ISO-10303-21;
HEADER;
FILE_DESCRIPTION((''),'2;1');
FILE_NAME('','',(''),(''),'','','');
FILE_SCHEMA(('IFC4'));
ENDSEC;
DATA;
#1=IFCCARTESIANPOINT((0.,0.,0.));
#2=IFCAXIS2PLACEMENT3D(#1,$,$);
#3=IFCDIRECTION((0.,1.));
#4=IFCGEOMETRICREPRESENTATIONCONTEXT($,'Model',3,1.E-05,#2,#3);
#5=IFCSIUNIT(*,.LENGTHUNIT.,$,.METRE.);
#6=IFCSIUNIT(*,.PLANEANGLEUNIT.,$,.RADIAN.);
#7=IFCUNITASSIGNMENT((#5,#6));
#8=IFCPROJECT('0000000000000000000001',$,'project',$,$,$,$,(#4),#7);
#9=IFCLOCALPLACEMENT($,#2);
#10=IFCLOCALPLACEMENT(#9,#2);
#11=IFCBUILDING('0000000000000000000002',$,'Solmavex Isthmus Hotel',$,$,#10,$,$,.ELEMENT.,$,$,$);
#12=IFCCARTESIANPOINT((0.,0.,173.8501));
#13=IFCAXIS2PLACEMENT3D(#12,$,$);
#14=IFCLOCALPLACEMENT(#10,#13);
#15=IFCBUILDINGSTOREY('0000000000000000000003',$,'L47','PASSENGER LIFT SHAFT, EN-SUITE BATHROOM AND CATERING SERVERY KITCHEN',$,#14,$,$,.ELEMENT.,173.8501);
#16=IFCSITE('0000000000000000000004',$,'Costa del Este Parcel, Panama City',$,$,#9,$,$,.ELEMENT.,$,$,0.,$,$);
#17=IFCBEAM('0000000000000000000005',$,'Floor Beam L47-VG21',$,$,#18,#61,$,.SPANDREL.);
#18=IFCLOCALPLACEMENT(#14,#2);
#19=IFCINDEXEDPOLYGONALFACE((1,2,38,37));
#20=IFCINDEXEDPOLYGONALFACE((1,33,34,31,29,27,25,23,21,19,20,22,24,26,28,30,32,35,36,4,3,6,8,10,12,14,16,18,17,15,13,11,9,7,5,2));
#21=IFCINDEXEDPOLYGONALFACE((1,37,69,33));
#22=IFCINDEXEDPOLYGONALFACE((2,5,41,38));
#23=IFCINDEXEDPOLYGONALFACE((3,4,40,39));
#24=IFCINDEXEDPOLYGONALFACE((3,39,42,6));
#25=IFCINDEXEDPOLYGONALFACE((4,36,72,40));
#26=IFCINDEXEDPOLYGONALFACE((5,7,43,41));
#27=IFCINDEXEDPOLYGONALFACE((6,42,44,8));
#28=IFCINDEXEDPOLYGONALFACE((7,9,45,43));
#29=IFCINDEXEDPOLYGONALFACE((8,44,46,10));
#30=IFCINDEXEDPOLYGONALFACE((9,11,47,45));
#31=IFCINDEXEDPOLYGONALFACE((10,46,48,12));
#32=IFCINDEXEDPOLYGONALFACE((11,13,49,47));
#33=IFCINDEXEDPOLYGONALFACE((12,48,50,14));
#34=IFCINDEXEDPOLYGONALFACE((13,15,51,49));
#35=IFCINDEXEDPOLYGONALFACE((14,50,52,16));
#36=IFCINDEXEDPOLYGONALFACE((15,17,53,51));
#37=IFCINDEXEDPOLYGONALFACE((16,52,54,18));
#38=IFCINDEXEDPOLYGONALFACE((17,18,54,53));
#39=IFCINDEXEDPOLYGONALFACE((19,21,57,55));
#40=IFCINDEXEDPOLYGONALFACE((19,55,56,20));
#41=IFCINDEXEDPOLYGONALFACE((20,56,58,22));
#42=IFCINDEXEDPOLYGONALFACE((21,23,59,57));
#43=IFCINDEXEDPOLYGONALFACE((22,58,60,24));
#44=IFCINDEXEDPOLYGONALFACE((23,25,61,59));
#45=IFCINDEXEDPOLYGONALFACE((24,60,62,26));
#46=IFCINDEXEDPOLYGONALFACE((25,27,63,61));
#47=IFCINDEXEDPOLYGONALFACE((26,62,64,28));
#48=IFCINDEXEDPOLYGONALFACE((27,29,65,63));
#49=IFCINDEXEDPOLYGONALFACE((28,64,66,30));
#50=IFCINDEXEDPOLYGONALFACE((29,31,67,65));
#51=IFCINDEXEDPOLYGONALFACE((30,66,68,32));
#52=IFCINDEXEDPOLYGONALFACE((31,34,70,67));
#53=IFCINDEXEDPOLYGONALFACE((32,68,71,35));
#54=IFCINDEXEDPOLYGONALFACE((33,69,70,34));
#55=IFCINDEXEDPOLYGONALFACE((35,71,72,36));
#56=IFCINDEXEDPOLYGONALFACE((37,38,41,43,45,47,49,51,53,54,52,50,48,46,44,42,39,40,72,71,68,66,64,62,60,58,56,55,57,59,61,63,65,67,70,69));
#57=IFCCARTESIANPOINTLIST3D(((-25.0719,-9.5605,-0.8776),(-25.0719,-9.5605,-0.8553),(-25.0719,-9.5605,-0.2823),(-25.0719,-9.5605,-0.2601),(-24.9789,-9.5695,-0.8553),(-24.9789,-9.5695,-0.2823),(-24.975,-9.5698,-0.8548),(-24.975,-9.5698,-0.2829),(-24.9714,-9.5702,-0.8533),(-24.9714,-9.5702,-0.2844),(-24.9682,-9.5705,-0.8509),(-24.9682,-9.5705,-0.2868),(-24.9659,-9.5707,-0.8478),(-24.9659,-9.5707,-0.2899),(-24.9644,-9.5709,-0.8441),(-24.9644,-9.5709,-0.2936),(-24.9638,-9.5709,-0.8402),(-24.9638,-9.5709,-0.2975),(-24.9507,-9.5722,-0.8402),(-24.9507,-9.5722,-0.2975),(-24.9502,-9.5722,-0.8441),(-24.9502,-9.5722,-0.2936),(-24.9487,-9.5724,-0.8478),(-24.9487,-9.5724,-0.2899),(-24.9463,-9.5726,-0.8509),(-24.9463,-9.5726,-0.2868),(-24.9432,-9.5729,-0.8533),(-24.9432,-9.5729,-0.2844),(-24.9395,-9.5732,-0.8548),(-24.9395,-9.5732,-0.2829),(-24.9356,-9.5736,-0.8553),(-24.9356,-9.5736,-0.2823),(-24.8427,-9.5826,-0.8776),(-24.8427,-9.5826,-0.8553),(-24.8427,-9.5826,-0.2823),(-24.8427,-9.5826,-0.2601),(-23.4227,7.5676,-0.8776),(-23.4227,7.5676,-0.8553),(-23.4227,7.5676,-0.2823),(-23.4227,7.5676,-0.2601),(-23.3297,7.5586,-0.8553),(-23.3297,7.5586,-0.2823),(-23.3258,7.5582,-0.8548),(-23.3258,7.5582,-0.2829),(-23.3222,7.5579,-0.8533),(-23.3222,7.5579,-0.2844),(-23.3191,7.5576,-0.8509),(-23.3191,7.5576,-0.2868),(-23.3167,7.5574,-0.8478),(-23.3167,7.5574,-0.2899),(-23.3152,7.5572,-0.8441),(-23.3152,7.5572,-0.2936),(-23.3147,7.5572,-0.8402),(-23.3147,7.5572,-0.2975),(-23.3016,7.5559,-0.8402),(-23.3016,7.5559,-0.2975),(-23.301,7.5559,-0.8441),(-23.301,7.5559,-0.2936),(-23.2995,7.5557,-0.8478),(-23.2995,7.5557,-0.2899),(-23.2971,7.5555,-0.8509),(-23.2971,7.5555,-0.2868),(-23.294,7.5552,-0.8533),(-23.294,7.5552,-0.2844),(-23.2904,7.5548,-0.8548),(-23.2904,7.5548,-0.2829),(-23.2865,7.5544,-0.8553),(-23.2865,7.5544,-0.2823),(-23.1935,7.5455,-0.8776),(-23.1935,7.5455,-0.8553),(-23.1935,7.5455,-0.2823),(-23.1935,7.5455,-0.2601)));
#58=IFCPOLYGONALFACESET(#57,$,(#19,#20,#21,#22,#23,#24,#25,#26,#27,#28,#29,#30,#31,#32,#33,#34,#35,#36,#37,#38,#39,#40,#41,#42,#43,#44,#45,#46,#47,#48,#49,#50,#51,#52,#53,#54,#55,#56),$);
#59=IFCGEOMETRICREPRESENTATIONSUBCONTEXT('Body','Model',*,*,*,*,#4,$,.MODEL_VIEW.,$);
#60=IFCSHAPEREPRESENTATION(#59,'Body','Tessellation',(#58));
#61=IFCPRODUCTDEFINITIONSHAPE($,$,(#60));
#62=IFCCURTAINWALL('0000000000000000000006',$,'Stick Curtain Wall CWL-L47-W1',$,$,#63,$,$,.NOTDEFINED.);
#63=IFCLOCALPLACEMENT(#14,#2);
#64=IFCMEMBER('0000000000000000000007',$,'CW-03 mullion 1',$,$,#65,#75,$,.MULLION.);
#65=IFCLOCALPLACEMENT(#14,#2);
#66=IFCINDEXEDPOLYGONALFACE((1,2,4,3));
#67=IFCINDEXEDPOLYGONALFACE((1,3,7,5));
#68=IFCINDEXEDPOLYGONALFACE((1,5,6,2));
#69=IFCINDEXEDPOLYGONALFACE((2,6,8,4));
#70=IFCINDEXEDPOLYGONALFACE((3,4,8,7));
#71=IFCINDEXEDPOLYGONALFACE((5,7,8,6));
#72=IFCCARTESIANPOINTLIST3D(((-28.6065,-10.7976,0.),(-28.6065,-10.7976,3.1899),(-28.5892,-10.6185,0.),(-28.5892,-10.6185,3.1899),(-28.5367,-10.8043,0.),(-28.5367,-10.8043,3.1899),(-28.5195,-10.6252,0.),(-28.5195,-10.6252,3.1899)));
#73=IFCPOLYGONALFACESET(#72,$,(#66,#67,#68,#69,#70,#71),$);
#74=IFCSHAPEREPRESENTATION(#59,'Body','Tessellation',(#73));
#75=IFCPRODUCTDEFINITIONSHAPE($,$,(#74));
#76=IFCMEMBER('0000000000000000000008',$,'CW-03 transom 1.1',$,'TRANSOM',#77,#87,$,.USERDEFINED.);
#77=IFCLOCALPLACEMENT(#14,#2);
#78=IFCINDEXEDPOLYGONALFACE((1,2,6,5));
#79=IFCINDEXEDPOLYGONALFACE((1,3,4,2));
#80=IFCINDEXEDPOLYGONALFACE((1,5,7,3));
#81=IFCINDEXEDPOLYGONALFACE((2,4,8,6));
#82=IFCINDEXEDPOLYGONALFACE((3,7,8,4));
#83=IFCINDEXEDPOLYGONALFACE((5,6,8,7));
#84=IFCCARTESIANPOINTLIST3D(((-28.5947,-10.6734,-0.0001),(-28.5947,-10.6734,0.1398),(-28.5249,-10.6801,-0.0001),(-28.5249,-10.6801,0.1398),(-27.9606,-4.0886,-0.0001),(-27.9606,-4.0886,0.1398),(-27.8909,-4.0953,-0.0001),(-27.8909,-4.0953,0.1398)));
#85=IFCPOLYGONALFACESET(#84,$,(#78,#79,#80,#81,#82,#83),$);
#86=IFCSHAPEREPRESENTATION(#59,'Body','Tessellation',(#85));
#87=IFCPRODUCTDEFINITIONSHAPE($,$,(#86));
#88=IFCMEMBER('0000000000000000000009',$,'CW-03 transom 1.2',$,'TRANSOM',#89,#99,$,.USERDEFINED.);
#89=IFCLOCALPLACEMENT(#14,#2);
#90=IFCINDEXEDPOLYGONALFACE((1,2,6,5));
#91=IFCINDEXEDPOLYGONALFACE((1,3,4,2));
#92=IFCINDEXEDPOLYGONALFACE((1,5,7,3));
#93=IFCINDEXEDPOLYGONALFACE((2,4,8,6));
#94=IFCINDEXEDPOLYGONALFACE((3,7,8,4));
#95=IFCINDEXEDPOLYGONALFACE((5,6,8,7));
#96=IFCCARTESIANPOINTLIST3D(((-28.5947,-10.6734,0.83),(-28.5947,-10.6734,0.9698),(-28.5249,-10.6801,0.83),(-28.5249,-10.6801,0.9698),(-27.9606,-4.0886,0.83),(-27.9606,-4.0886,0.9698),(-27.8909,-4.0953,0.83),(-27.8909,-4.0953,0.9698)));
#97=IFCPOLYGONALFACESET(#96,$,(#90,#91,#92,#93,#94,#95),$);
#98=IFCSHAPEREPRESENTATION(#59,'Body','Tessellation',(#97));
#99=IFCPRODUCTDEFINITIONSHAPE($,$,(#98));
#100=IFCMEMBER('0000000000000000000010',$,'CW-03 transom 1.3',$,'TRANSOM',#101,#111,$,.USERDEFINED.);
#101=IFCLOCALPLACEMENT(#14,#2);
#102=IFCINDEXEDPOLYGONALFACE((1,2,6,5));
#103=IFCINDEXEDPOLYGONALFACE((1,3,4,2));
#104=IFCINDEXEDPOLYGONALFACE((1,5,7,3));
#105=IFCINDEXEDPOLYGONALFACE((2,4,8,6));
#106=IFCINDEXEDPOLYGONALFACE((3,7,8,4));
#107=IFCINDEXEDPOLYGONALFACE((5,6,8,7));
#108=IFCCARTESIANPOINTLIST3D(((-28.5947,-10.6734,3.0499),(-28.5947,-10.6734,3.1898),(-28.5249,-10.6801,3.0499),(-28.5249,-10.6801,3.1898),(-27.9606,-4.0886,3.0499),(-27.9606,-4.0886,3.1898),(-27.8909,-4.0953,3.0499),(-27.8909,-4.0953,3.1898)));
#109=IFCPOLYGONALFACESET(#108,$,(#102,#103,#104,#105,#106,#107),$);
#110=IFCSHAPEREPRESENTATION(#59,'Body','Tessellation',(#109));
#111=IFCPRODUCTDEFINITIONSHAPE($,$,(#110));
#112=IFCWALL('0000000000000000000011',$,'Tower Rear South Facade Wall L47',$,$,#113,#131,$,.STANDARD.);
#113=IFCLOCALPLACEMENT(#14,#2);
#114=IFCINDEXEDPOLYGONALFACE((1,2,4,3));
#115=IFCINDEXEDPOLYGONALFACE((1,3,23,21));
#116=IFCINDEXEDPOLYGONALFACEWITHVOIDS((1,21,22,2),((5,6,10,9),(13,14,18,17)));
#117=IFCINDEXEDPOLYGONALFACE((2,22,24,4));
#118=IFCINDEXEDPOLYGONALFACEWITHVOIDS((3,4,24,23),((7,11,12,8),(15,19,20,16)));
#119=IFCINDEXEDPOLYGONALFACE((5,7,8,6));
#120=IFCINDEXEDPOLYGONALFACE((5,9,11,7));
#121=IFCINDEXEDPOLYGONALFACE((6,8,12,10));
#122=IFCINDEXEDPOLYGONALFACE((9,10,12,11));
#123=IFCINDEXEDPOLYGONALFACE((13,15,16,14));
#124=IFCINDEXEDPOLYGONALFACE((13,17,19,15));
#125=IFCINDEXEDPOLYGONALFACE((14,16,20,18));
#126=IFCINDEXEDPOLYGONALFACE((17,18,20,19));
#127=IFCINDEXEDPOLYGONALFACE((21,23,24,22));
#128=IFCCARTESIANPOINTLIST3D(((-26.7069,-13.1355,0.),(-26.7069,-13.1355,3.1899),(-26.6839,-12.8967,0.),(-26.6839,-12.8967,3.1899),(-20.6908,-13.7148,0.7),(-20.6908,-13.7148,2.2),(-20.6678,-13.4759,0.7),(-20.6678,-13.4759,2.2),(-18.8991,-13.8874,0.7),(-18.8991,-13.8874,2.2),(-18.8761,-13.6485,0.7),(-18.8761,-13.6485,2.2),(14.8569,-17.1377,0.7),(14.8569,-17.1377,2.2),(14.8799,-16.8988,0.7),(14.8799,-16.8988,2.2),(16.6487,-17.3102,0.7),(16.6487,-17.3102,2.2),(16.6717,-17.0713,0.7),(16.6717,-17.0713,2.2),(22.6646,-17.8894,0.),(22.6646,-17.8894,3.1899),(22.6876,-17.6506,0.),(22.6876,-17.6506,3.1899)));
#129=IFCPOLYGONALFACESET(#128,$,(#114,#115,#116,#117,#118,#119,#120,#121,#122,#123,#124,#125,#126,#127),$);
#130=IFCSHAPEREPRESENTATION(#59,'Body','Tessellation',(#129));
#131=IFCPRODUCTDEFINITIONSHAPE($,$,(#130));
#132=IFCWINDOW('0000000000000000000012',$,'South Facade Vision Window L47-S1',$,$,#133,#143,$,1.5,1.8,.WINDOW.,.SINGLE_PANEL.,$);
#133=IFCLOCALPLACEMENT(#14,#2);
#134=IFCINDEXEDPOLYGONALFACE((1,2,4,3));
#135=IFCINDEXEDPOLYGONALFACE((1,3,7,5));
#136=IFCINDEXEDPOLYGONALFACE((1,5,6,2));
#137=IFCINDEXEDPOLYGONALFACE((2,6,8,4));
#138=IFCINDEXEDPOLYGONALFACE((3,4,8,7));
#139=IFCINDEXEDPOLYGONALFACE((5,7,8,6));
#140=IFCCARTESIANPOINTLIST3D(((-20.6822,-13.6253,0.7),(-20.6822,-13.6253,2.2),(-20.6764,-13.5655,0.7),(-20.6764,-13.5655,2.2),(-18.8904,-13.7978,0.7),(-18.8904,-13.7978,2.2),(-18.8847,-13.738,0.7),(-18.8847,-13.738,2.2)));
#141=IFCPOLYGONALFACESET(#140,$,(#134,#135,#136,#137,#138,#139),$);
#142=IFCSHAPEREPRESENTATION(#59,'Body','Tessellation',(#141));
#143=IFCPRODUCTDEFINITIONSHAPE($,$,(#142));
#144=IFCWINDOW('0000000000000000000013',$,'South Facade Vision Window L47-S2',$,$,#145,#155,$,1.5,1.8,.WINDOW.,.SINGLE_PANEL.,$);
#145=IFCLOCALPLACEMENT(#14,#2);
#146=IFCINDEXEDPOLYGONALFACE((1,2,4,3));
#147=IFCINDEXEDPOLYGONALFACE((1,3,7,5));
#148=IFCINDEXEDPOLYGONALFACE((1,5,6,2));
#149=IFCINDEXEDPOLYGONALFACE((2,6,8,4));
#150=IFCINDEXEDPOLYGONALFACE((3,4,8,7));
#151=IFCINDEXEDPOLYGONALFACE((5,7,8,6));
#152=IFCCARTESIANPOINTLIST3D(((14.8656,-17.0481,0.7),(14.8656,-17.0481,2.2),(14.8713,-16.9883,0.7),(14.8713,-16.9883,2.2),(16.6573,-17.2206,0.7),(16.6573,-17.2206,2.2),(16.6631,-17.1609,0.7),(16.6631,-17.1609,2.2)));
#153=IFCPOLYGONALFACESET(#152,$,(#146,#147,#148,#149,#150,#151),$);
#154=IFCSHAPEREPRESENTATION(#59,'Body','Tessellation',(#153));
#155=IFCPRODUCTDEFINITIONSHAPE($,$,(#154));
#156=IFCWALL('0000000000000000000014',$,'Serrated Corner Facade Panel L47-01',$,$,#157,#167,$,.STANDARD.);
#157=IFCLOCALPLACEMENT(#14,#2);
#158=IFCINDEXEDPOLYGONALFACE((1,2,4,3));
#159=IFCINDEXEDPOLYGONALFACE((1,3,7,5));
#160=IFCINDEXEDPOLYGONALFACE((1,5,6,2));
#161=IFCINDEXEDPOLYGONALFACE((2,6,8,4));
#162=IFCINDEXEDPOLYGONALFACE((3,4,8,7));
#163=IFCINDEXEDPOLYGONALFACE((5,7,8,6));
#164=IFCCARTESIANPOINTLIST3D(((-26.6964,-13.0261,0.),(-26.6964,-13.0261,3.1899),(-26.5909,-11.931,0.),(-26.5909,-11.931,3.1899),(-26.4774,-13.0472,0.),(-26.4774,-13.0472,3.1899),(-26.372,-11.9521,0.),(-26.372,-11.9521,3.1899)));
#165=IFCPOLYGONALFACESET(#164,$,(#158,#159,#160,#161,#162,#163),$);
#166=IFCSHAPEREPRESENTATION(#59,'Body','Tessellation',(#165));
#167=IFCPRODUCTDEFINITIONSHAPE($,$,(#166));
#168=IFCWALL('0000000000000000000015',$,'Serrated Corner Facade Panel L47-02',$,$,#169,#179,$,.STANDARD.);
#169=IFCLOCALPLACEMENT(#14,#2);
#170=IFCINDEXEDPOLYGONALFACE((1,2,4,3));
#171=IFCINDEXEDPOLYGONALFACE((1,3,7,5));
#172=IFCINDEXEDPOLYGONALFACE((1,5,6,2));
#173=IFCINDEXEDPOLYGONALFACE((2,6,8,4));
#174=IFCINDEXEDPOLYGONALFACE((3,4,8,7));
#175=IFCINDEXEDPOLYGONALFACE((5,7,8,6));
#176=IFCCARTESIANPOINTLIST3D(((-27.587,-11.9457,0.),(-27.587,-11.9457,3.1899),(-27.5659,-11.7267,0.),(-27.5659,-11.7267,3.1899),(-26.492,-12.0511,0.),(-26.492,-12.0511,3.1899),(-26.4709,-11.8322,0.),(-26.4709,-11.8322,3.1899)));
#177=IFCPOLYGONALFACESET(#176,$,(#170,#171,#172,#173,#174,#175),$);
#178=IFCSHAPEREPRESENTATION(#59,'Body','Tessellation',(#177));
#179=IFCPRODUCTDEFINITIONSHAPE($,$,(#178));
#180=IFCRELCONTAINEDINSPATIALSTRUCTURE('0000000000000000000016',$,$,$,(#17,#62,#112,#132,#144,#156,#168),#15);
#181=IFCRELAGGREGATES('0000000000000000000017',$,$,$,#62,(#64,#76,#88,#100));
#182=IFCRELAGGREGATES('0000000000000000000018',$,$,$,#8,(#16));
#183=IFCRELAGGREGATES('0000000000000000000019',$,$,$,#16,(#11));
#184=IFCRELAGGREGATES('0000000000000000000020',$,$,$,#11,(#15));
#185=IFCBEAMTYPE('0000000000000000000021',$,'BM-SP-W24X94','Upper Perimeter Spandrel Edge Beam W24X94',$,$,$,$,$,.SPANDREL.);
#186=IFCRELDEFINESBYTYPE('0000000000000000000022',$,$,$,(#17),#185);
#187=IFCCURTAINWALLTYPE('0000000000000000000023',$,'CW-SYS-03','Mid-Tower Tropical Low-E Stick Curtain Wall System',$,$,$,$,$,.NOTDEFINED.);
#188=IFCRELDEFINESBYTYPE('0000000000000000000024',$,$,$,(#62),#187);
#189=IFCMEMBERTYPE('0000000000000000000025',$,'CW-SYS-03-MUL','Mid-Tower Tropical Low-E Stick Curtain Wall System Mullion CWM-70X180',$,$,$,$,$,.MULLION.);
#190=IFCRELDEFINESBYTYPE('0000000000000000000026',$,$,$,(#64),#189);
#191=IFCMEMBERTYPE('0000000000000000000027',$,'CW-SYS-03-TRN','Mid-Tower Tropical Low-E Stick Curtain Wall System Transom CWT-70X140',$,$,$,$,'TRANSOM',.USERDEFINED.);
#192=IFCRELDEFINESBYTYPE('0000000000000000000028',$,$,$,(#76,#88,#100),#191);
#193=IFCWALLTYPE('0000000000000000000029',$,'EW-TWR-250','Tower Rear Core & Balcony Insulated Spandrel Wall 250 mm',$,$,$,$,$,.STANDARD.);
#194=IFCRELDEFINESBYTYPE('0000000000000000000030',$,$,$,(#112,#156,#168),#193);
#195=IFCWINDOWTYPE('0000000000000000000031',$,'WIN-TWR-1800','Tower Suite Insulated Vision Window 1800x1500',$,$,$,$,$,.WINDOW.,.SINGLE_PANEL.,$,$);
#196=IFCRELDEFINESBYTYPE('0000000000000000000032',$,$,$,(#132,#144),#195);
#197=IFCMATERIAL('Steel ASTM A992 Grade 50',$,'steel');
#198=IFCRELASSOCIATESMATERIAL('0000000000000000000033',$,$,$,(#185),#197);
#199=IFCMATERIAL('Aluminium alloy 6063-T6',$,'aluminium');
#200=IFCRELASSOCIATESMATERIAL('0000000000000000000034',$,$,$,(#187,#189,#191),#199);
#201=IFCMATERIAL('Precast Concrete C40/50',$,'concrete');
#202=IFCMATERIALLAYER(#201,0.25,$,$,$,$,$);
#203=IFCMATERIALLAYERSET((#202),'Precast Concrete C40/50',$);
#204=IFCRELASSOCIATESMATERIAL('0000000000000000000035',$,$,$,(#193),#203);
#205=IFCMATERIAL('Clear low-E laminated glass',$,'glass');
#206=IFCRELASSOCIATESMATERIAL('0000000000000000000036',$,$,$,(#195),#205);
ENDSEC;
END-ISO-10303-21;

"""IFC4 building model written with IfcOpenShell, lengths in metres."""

from ifc_helpers import new_model, si_unit, direction, frame, frame_2d, origin, origin_2d, place, context, subcontext, project, spatial, rectangle, i_section, extrude, material, layer, layer_set, material_profile, profile_set, type_object, element, fill, aggregate, save


model = new_model("IFC4")

# Units and contexts
model_context = context("Model", 3, precision=1e-05, world=origin(), true_north=direction((0.0, 1.0)))
body_context = subcontext(model_context, "Body", "Model", "MODEL_VIEW")
ifc_project = project(units=[si_unit("LENGTHUNIT", "METRE"), si_unit("PLANEANGLEUNIT", "RADIAN")], contexts=[model_context])

# Site, building, storey
site_placement = place(None, origin())
site = spatial("IfcSite", under=ifc_project, at=site_placement, Name="Costa del Este Parcel, Panama City", CompositionType="ELEMENT", RefElevation=0.0)
building_placement = place(site_placement, origin())
building = spatial("IfcBuilding", under=site, at=building_placement, Name="Solmavex Isthmus Hotel", CompositionType="ELEMENT")
storey_placement = place(building_placement, frame((0.0, 0.0, 173.8501)))
storey = spatial("IfcBuildingStorey", under=building, at=storey_placement, Name="L47", Description="PASSENGER LIFT SHAFT, EN-SUITE BATHROOM AND CATERING SERVERY KITCHEN", CompositionType="ELEMENT", Elevation=173.8501)

# Beam
ifc_material_1 = material(Name="Steel ASTM A992 Grade 50", Category="steel")
ifc_material_profile_1 = material_profile(ifc_material_1, i_section(OverallWidth=0.2302, OverallDepth=0.6174, WebThickness=0.0132, FlangeThickness=0.0222, FilletRadius=0.0151, at=origin_2d()), Name="W24X94")
ifc_profile_set_1 = profile_set([ifc_material_profile_1], Name="Steel ASTM A992 Grade 50")
beam_type_1 = type_object("IfcBeamType", Name="BM-SP-W24X94", Description="Upper Perimeter Spandrel Edge Beam W24X94", PredefinedType="SPANDREL", material=ifc_profile_set_1)
beam_1_placement = place(storey_placement, frame((-24.9573, -9.5715, -0.5688), z_axis=(0.095841, 0.995397, 0.0), x_axis=(-0.995397, 0.095841, 0.0)))
element("IfcBeam", 1, at=beam_1_placement, inside=storey, type_object=beam_type_1, Name="Floor Beam L47-VG21", PredefinedType="SPANDREL", context=body_context, shape_type="SweptSolid", body=[
    extrude(i_section(OverallWidth=0.2302, OverallDepth=0.6174, WebThickness=0.0132, FlangeThickness=0.0222, FilletRadius=0.0151, at=origin_2d()), origin(), (0.0, 0.0, 1.0), 17.2073),
])

# Curtain wall, members
ifc_material_2 = material(Name="Aluminium alloy 6063-T6", Category="aluminium")
curtain_wall_type = type_object("IfcCurtainWallType", Name="CW-SYS-03", Description="Mid-Tower Tropical Low-E Stick Curtain Wall System", PredefinedType="NOTDEFINED", material=ifc_material_2)
curtain_wall_placement = place(storey_placement, origin())
curtain_wall = element("IfcCurtainWall", 2, at=curtain_wall_placement, inside=storey, type_object=curtain_wall_type, Name="Stick Curtain Wall CWL-L47-W1", PredefinedType="NOTDEFINED")
ifc_material_profile_2 = material_profile(ifc_material_2, rectangle(XDim=0.0701, YDim=0.1799, at=origin_2d()), Name="CWM-70X180")
ifc_profile_set_2 = profile_set([ifc_material_profile_2], Name="Aluminium alloy 6063-T6")
member_type_1 = type_object("IfcMemberType", Name="CW-SYS-03-MUL", Description="Mid-Tower Tropical Low-E Stick Curtain Wall System Mullion CWM-70X180", PredefinedType="MULLION", material=ifc_profile_set_2)
member_1_placement = place(storey_placement, frame((-28.563, -10.7114, 0.0), z_axis=(0.0, 0.0, 1.0), x_axis=(-0.995396, 0.095846, 0.0)))
member_1 = element("IfcMember", 3, at=member_1_placement, type_object=member_type_1, Name="CW-03 mullion 1", PredefinedType="MULLION", context=body_context, shape_type="SweptSolid", body=[
    extrude(rectangle(XDim=0.0701, YDim=0.1799, at=origin_2d()), origin(), (0.0, 0.0, 1.0), 3.1899),
])
ifc_material_profile_3 = material_profile(ifc_material_2, rectangle(XDim=0.0701, YDim=0.1399, at=origin_2d()), Name="CWT-70X140")
ifc_profile_set_3 = profile_set([ifc_material_profile_3], Name="Aluminium alloy 6063-T6")
member_type_2 = type_object("IfcMemberType", Name="CW-SYS-03-TRN", Description="Mid-Tower Tropical Low-E Stick Curtain Wall System Transom CWT-70X140", ElementType="TRANSOM", PredefinedType="USERDEFINED", material=ifc_profile_set_3)
member_2_placement = place(storey_placement, frame((-28.5598, -10.6768, 0.0698), z_axis=(0.095845, 0.995396, 0.0), x_axis=(-0.995396, 0.095845, 0.0)))
member_2 = element("IfcMember", 4, at=member_2_placement, type_object=member_type_2, Name="CW-03 transom 1.1", ObjectType="TRANSOM", PredefinedType="USERDEFINED", context=body_context, shape_type="SweptSolid", body=[
    extrude(rectangle(XDim=0.0701, YDim=0.1399, at=origin_2d()), origin(), (0.0, 0.0, 1.0), 6.6152),
])
member_3_placement = place(storey_placement, frame((-28.5598, -10.6768, 0.8999), z_axis=(0.095845, 0.995396, 0.0), x_axis=(-0.995396, 0.095845, 0.0)))
member_3 = element("IfcMember", 5, at=member_3_placement, type_object=member_type_2, Name="CW-03 transom 1.2", ObjectType="TRANSOM", PredefinedType="USERDEFINED", context=body_context, shape_type="SweptSolid", body=[
    extrude(rectangle(XDim=0.0701, YDim=0.1399, at=origin_2d()), origin(), (0.0, 0.0, 1.0), 6.6152),
])
member_4_placement = place(storey_placement, frame((-28.5598, -10.6768, 3.1199), z_axis=(0.095845, 0.995396, 0.0), x_axis=(-0.995396, 0.095845, 0.0)))
member_4 = element("IfcMember", 6, at=member_4_placement, type_object=member_type_2, Name="CW-03 transom 1.3", ObjectType="TRANSOM", PredefinedType="USERDEFINED", context=body_context, shape_type="SweptSolid", body=[
    extrude(rectangle(XDim=0.0701, YDim=0.1399, at=origin_2d()), origin(), (0.0, 0.0, 1.0), 6.6152),
])
aggregate(curtain_wall, [member_1, member_2, member_3, member_4])

# Wall, openings, windows
ifc_material_3 = material(Name="Precast Concrete C40/50", Category="concrete")
ifc_layer_1 = layer(ifc_material_3, 0.25)
ifc_layer_set_1 = layer_set([ifc_layer_1], Name="Precast Concrete C40/50")
wall_type_1 = type_object("IfcWallType", Name="EW-TWR-250", Description="Tower Rear Core & Balcony Insulated Spandrel Wall 250 mm", PredefinedType="STANDARD", material=ifc_layer_set_1)
wall_1_placement = place(storey_placement, frame((-26.6953, -13.0161, 0.0), z_axis=(0.0, 0.0, 1.0), x_axis=(0.995396, -0.095845, 0.0)))
wall_1 = element("IfcWall", 7, at=wall_1_placement, inside=storey, type_object=wall_type_1, Name="Tower Rear South Facade Wall L47", PredefinedType="STANDARD", context=body_context, shape_type="SweptSolid", body=[
    extrude(rectangle(XDim=49.5999, YDim=0.24, at=frame_2d((24.7998, 0.0))), origin(), (0.0, 0.0, 1.0), 3.1899),
])
opening_1_placement = place(wall_1_placement, frame((6.0439, 0.0, 0.7)))
opening_1 = element("IfcOpeningElement", 8, at=opening_1_placement, cuts=wall_1, PredefinedType="OPENING", context=body_context, shape_type="SweptSolid", body=[
    extrude(rectangle(XDim=1.8, YDim=1.5, at=frame_2d((0.8999, 0.75))), frame((0.0, 0.1299, 0.0), z_axis=(0.0, -1.0, 0.0), x_axis=(1.0, 0.0, 0.0)), (0.0, 0.0, 1.0), 0.26),
])
opening_2_placement = place(wall_1_placement, frame((41.7561, 0.0, 0.7)))
opening_2 = element("IfcOpeningElement", 9, at=opening_2_placement, cuts=wall_1, PredefinedType="OPENING", context=body_context, shape_type="SweptSolid", body=[
    extrude(rectangle(XDim=1.8, YDim=1.5, at=frame_2d((0.8999, 0.75))), frame((0.0, 0.1299, 0.0), z_axis=(0.0, -1.0, 0.0), x_axis=(1.0, 0.0, 0.0)), (0.0, 0.0, 1.0), 0.26),
])
ifc_material_4 = material(Name="Clear low-E laminated glass", Category="glass")
window_type = type_object("IfcWindowType", Name="WIN-TWR-1800", Description="Tower Suite Insulated Vision Window 1800x1500", PartitioningType="SINGLE_PANEL", PredefinedType="WINDOW", material=ifc_material_4)
window_1_placement = place(opening_1_placement, origin())
window_1 = element("IfcWindow", 10, at=window_1_placement, inside=storey, type_object=window_type, Name="South Facade Vision Window L47-S1", OverallHeight=1.5, OverallWidth=1.8, PartitioningType="SINGLE_PANEL", PredefinedType="WINDOW", context=body_context, shape_type="SweptSolid", body=[
    extrude(rectangle(XDim=1.8, YDim=1.5, at=frame_2d((0.8999, 0.75))), frame((0.0, 0.03, 0.0), z_axis=(0.0, -1.0, 0.0), x_axis=(1.0, 0.0, 0.0)), (0.0, 0.0, 1.0), 0.0601),
])
fill(opening_1, window_1)
window_2_placement = place(opening_2_placement, origin())
window_2 = element("IfcWindow", 11, at=window_2_placement, inside=storey, type_object=window_type, Name="South Facade Vision Window L47-S2", OverallHeight=1.5, OverallWidth=1.8, PartitioningType="SINGLE_PANEL", PredefinedType="WINDOW", context=body_context, shape_type="SweptSolid", body=[
    extrude(rectangle(XDim=1.8, YDim=1.5, at=frame_2d((0.8999, 0.75))), frame((0.0, 0.03, 0.0), z_axis=(0.0, -1.0, 0.0), x_axis=(1.0, 0.0, 0.0)), (0.0, 0.0, 1.0), 0.0601),
])
fill(opening_2, window_2)

# Walls
for number, where, z_axis, x_axis, name in (
    (12, (-26.5869, -13.0366, 0.0), (0.0, 0.0, 1.0), (0.095877, 0.995393, 0.0), "Serrated Corner Facade Panel L47-01"),
    (13, (-26.4814, -11.9417, 0.0), (0.0, 0.0, 1.0), (-0.995393, 0.095877, 0.0), "Serrated Corner Facade Panel L47-02"),
):
    element("IfcWall", number, at=place(storey_placement, frame(where, z_axis=z_axis, x_axis=x_axis)), inside=storey, type_object=wall_type_1, Name=name, PredefinedType="STANDARD", context=body_context, shape_type="SweptSolid", body=[
        extrude(rectangle(XDim=1.1001, YDim=0.22, at=frame_2d((0.55, 0.0))), origin(), (0.0, 0.0, 1.0), 3.1899),
    ])

save(model, "model.ifc")
